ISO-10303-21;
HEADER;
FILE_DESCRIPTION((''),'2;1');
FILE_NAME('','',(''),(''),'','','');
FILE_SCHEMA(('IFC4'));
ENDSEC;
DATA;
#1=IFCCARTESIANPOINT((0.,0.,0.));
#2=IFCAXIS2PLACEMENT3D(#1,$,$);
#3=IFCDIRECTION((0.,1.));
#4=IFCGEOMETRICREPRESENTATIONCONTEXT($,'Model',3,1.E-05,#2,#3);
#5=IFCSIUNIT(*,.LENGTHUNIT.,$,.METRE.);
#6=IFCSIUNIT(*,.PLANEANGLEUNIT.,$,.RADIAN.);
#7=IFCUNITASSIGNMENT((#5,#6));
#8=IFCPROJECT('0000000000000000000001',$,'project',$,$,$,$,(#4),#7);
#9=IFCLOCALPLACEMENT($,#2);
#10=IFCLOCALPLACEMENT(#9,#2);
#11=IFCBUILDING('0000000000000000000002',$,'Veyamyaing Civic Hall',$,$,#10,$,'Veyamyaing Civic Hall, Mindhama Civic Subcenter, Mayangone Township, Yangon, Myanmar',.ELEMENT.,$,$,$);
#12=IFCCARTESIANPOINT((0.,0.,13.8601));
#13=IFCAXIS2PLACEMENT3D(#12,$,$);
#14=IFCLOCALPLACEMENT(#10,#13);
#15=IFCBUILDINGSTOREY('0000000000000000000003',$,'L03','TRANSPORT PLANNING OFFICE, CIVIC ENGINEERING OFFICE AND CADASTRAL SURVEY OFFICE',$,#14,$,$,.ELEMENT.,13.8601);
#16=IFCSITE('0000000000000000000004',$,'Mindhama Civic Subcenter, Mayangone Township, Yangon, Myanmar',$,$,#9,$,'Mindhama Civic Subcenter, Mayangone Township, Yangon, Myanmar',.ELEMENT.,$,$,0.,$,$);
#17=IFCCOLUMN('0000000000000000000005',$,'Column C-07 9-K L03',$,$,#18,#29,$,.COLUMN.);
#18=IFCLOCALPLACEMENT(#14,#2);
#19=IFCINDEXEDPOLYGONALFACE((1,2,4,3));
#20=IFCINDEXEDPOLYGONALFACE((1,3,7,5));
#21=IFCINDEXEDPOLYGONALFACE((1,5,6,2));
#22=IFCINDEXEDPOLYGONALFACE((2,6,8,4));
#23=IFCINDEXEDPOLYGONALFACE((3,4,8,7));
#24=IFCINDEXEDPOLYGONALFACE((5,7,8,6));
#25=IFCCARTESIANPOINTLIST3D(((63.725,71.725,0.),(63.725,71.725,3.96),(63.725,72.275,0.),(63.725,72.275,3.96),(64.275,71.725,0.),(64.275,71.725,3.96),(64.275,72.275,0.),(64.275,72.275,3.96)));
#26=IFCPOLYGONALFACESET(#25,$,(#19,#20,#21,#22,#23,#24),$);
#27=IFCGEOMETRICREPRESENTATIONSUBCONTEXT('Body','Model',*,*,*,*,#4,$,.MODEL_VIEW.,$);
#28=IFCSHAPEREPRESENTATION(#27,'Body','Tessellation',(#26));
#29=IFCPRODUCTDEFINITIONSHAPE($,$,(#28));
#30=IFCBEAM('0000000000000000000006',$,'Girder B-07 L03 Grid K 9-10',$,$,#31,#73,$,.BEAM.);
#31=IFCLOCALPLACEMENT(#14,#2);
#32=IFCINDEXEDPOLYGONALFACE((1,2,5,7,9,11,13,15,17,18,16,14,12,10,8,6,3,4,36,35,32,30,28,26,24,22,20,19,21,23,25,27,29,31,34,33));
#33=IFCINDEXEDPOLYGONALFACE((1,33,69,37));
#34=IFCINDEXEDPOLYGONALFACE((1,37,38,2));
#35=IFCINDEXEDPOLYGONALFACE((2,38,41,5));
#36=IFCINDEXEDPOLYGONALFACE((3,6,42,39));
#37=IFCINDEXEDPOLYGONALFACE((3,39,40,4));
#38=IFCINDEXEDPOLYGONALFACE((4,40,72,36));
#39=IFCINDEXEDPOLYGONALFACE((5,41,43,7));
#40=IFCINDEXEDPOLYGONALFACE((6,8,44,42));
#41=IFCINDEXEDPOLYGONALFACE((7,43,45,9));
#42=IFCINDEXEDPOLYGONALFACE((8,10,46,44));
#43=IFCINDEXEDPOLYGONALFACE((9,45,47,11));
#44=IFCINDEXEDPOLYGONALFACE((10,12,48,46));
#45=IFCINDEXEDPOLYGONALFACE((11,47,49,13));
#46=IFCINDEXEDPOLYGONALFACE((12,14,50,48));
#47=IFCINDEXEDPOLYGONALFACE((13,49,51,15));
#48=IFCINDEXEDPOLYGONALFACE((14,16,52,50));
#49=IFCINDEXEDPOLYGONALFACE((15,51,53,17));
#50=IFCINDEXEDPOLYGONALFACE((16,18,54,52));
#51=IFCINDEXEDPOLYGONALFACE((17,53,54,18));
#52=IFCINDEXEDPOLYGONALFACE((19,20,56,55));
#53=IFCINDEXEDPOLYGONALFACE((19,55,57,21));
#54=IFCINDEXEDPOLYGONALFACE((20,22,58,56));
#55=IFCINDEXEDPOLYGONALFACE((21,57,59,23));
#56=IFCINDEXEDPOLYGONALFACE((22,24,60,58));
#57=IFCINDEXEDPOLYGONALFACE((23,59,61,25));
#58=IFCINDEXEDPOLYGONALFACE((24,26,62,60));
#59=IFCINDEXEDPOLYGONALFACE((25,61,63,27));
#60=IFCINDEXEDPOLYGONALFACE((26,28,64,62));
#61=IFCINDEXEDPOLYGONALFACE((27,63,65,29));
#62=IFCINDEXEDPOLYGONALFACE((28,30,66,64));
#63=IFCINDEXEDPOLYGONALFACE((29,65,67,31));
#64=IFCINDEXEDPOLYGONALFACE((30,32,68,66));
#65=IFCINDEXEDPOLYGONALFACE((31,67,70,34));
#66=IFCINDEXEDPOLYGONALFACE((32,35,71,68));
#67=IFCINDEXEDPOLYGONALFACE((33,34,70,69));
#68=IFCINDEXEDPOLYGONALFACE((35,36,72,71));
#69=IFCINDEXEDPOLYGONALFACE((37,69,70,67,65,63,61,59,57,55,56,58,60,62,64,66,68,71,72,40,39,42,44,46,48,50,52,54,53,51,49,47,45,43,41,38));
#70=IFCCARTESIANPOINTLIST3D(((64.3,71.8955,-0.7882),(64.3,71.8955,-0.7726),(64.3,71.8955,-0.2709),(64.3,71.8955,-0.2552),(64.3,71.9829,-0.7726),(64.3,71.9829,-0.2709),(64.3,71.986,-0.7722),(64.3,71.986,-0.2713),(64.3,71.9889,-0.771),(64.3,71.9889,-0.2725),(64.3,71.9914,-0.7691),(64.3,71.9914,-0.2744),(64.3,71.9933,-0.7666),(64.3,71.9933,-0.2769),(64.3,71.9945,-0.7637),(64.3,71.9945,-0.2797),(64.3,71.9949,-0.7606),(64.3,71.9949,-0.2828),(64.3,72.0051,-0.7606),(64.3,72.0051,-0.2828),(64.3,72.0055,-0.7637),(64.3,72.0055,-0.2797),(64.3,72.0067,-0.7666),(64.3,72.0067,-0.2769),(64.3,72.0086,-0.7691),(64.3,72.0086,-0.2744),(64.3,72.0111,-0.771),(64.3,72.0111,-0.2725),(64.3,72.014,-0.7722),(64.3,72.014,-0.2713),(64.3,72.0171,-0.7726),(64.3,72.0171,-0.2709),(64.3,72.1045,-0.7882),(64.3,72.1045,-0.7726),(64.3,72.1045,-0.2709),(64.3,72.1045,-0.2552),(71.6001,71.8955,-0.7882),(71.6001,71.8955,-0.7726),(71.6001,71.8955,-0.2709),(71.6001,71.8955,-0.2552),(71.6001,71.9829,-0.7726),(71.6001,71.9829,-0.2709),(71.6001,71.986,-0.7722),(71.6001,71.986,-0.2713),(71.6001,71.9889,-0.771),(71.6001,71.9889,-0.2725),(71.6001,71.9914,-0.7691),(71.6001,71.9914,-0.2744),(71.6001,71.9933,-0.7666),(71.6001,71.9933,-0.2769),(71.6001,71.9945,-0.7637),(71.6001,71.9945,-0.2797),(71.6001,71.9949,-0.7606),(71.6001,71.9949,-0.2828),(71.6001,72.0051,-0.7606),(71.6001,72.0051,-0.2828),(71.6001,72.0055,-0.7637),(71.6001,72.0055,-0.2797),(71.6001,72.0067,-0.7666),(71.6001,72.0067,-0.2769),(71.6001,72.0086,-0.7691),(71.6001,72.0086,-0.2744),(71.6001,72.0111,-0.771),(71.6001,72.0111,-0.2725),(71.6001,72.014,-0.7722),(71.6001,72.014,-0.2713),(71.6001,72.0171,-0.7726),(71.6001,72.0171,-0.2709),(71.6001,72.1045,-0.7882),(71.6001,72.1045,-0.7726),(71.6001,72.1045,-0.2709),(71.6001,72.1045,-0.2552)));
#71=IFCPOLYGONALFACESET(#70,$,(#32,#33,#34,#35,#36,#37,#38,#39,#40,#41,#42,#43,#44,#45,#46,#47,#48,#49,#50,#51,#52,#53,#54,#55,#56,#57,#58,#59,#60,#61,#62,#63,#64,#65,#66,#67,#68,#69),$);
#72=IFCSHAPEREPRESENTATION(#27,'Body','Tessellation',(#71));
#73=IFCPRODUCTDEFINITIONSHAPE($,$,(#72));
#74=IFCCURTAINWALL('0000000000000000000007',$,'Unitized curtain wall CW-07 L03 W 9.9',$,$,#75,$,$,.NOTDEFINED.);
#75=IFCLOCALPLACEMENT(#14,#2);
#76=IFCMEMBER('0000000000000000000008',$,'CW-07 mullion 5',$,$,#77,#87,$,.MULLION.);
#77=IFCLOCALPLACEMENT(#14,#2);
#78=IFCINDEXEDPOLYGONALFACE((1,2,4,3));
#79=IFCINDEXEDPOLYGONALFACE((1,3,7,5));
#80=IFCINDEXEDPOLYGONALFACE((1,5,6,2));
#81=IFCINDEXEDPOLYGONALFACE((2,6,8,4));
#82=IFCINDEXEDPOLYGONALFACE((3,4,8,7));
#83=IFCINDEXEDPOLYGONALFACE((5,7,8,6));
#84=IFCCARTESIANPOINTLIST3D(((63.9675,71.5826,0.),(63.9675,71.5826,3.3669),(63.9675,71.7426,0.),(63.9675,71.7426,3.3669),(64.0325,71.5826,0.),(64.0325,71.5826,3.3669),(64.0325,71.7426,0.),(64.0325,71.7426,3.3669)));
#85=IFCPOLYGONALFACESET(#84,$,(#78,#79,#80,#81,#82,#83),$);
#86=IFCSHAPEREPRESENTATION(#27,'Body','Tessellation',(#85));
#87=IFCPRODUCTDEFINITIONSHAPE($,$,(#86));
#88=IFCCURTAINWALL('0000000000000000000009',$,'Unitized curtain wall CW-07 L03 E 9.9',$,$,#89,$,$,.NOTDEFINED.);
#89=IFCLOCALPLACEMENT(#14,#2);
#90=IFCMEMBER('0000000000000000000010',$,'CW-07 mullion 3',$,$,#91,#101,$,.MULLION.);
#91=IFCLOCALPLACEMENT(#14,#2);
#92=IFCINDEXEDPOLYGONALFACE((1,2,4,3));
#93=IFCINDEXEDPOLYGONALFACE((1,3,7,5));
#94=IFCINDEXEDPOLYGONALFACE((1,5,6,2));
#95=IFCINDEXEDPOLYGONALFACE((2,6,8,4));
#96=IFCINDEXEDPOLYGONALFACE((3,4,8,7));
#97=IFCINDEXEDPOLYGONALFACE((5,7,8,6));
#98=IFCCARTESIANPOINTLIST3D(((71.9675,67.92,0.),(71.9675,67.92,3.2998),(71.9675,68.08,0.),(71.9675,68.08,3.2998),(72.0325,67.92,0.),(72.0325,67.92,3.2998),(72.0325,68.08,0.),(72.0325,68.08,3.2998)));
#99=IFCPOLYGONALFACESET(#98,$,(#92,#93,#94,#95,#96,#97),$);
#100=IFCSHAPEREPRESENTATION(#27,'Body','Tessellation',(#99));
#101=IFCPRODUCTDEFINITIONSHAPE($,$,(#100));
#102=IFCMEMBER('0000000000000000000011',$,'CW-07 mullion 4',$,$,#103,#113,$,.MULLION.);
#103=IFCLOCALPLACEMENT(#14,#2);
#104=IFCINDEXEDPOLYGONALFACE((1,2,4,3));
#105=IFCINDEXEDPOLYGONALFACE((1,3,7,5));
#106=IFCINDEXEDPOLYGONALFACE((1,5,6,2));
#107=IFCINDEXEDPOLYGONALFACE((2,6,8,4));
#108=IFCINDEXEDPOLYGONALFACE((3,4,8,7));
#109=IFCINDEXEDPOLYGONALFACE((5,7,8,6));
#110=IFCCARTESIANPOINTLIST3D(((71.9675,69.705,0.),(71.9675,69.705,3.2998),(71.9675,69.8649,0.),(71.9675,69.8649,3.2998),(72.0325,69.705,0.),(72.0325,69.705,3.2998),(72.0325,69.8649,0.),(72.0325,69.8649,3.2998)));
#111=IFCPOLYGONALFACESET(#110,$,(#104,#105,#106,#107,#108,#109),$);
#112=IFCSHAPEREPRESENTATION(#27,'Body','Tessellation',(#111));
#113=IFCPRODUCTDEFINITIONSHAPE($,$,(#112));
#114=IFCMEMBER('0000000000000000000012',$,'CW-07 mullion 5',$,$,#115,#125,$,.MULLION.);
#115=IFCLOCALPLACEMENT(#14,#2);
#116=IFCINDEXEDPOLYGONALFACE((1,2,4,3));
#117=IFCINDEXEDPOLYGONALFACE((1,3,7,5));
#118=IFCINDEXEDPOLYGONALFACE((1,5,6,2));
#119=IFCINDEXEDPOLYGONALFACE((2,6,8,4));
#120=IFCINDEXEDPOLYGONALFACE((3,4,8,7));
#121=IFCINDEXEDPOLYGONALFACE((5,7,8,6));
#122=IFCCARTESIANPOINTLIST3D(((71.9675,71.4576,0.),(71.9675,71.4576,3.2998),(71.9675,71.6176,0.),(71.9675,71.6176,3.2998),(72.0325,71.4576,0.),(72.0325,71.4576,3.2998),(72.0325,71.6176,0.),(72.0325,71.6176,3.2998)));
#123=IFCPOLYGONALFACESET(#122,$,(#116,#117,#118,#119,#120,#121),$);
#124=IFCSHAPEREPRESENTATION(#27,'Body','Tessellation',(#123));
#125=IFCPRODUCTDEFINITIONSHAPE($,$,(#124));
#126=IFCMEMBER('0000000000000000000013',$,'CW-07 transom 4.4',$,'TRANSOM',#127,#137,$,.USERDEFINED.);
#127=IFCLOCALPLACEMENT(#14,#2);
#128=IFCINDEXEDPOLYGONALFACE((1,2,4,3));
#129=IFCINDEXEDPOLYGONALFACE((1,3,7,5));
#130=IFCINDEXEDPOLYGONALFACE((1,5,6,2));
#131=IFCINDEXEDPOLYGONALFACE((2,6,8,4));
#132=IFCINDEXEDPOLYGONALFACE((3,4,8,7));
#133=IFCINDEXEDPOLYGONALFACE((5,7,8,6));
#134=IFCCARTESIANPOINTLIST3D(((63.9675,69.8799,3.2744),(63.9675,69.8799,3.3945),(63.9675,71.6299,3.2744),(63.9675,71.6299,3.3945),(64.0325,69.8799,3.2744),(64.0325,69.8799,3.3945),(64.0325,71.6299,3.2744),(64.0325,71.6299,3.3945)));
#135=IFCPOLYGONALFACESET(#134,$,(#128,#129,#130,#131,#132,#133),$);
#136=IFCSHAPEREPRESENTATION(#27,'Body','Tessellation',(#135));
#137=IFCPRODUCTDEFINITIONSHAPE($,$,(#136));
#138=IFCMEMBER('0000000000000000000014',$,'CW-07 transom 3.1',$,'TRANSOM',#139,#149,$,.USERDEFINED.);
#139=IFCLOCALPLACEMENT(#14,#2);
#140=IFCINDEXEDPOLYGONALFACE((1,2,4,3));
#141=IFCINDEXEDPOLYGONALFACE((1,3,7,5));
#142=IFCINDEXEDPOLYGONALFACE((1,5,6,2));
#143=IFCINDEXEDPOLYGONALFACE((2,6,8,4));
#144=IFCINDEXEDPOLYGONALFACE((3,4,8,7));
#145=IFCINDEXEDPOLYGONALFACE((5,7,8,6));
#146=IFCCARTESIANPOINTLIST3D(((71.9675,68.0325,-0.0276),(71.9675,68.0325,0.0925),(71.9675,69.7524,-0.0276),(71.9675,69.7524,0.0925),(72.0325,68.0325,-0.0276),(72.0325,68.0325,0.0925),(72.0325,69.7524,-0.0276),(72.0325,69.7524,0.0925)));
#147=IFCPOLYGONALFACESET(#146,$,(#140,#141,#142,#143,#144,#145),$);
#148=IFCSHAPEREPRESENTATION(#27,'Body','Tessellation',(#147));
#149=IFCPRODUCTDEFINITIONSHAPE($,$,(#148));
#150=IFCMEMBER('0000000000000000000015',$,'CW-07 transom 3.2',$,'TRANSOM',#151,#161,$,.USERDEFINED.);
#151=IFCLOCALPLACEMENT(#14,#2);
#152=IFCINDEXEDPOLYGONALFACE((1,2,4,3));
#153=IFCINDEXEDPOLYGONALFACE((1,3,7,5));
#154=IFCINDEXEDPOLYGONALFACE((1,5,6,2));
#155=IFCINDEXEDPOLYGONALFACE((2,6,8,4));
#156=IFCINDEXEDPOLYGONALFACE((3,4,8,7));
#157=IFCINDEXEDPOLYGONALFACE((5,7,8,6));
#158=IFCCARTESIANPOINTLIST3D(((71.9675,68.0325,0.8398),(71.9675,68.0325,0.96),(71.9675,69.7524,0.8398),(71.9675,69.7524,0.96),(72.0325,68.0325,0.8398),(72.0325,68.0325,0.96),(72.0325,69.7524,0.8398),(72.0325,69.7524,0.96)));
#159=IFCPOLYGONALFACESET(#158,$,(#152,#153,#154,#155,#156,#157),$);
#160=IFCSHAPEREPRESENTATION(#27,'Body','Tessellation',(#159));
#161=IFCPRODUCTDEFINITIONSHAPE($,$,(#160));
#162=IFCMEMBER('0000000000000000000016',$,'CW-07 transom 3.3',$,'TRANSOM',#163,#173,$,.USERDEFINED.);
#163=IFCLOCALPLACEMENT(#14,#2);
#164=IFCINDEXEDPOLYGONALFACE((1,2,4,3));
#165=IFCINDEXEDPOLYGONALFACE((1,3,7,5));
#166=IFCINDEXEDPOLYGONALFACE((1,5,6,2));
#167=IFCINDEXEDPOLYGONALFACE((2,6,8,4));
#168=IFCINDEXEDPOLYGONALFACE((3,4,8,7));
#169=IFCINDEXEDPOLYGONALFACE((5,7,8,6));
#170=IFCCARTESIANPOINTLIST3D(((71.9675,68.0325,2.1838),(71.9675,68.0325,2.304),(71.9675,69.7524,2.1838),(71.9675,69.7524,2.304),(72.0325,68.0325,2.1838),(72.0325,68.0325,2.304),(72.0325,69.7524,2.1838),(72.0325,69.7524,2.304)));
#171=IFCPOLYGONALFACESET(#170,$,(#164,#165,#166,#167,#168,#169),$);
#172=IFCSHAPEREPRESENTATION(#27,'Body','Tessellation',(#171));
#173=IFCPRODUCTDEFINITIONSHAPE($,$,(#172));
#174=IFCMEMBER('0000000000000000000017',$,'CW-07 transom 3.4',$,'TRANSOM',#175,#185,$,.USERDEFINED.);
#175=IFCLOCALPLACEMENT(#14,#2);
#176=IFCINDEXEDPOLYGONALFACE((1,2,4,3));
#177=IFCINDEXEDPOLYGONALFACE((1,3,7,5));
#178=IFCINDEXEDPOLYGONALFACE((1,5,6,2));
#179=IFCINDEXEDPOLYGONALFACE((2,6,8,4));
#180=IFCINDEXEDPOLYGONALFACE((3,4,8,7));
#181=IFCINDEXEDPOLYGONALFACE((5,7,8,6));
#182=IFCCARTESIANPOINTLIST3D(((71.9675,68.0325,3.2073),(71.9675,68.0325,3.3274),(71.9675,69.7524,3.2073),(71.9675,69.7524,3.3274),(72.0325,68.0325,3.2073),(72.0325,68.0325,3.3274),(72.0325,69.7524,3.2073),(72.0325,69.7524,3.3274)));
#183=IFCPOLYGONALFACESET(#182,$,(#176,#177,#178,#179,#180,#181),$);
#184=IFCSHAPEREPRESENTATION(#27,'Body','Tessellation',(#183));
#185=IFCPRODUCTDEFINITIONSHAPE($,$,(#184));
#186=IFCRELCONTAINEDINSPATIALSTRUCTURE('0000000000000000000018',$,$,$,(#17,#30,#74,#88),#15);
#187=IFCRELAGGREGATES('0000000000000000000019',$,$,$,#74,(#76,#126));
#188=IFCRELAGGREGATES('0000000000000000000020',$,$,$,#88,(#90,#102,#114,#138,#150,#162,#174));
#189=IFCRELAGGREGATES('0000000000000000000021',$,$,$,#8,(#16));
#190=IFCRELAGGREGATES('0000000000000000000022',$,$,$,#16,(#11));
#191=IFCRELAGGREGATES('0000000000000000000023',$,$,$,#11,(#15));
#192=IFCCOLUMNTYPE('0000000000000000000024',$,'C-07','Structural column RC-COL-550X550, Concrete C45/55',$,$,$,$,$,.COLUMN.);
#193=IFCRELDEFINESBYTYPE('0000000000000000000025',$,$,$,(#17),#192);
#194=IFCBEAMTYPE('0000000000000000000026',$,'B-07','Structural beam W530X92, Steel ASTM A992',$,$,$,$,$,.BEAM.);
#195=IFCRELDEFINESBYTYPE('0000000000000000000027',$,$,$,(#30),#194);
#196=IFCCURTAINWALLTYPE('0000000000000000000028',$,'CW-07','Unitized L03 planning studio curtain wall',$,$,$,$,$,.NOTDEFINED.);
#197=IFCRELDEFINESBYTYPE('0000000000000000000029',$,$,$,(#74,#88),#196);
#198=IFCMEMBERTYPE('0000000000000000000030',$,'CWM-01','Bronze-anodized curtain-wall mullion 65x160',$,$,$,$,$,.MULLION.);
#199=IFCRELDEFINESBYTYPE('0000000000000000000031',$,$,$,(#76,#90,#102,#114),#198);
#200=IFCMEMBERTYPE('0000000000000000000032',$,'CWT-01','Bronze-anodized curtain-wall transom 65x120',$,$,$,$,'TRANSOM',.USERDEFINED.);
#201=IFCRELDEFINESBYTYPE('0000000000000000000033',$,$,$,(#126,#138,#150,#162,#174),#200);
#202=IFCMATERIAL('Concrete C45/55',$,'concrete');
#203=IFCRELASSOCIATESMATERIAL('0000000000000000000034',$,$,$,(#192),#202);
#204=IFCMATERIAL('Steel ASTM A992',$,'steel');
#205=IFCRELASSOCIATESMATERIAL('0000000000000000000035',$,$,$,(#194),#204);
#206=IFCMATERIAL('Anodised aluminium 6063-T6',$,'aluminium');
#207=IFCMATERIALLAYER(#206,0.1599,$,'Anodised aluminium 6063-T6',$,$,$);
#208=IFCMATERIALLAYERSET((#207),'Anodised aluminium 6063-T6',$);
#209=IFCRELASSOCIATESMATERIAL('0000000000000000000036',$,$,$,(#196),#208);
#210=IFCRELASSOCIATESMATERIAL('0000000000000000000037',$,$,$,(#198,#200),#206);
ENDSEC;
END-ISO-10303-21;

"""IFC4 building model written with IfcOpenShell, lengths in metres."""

from ifc_helpers import new_model, si_unit, direction, frame, origin, origin_2d, place, context, subcontext, project, spatial, rectangle, i_section, extrude, material, layer, layer_set, material_profile, profile_set, type_object, element, aggregate, save


model = new_model("IFC4")

# Units and contexts
model_context = context("Model", 3, precision=1e-05, world=origin(), true_north=direction((0.0, 1.0)))
body_context = subcontext(model_context, "Body", "Model", "MODEL_VIEW")
ifc_project = project(units=[si_unit("LENGTHUNIT", "METRE"), si_unit("PLANEANGLEUNIT", "RADIAN")], contexts=[model_context])

# Site, building, storey
site_placement = place(None, origin())
site = spatial("IfcSite", under=ifc_project, at=site_placement, Name="Mindhama Civic Subcenter, Mayangone Township, Yangon, Myanmar", LongName="Mindhama Civic Subcenter, Mayangone Township, Yangon, Myanmar", CompositionType="ELEMENT", RefElevation=0.0)
building_placement = place(site_placement, origin())
building = spatial("IfcBuilding", under=site, at=building_placement, Name="Veyamyaing Civic Hall", LongName="Veyamyaing Civic Hall, Mindhama Civic Subcenter, Mayangone Township, Yangon, Myanmar", CompositionType="ELEMENT")
storey_placement = place(building_placement, frame((0.0, 0.0, 13.8601)))
storey = spatial("IfcBuildingStorey", under=building, at=storey_placement, Name="L03", Description="TRANSPORT PLANNING OFFICE, CIVIC ENGINEERING OFFICE AND CADASTRAL SURVEY OFFICE", CompositionType="ELEMENT", Elevation=13.8601)

# Column
ifc_material_1 = material(Name="Concrete C45/55", Category="concrete")
ifc_material_profile_1 = material_profile(ifc_material_1, rectangle(XDim=0.55, YDim=0.55, at=origin_2d()), Name="RC-COL-550X550")
ifc_profile_set_1 = profile_set([ifc_material_profile_1], Name="Concrete C45/55")
column_type = type_object("IfcColumnType", Name="C-07", Description="Structural column RC-COL-550X550, Concrete C45/55", PredefinedType="COLUMN", material=ifc_profile_set_1)
column_placement = place(storey_placement, frame((64.0, 72.0, 0.0), z_axis=(0.0, 0.0, 1.0), x_axis=(1.0, 0.0, 0.0)))
element("IfcColumn", 1, at=column_placement, inside=storey, type_object=column_type, Name="Column C-07 9-K L03", PredefinedType="COLUMN", context=body_context, shape_type="SweptSolid", body=[
    extrude(rectangle(XDim=0.55, YDim=0.55, at=origin_2d()), origin(), (0.0, 0.0, 1.0), 3.96),
])

# Beam
ifc_material_2 = material(Name="Steel ASTM A992", Category="steel")
ifc_material_profile_2 = material_profile(ifc_material_2, i_section(OverallWidth=0.209, OverallDepth=0.533, WebThickness=0.0103, FlangeThickness=0.0156, FilletRadius=0.012, at=origin_2d()), Name="W530X92")
ifc_profile_set_2 = profile_set([ifc_material_profile_2], Name="Steel ASTM A992")
beam_type_1 = type_object("IfcBeamType", Name="B-07", Description="Structural beam W530X92, Steel ASTM A992", PredefinedType="BEAM", material=ifc_profile_set_2)
beam_1_placement = place(storey_placement, frame((64.3, 72.0, -0.5217), z_axis=(1.0, 0.0, 0.0), x_axis=(0.0, 1.0, 0.0)))
element("IfcBeam", 2, at=beam_1_placement, inside=storey, type_object=beam_type_1, Name="Girder B-07 L03 Grid K 9-10", PredefinedType="BEAM", context=body_context, shape_type="SweptSolid", body=[
    extrude(i_section(OverallWidth=0.209, OverallDepth=0.533, WebThickness=0.0103, FlangeThickness=0.0156, FilletRadius=0.012, at=origin_2d()), origin(), (0.0, 0.0, 1.0), 7.3),
])

# Curtain wall, member
ifc_material_3 = material(Name="Anodised aluminium 6063-T6", Category="aluminium")
ifc_layer_1 = layer(ifc_material_3, 0.1599, Name="Anodised aluminium 6063-T6")
ifc_layer_set_1 = layer_set([ifc_layer_1], Name="Anodised aluminium 6063-T6")
curtain_wall_type = type_object("IfcCurtainWallType", Name="CW-07", Description="Unitized L03 planning studio curtain wall", PredefinedType="NOTDEFINED", material=ifc_layer_set_1)
curtain_wall_1_placement = place(storey_placement, origin())
curtain_wall_1 = element("IfcCurtainWall", 3, at=curtain_wall_1_placement, inside=storey, type_object=curtain_wall_type, Name="Unitized curtain wall CW-07 L03 W 9.9", PredefinedType="NOTDEFINED")
ifc_material_profile_3 = material_profile(ifc_material_3, rectangle(XDim=0.0649, YDim=0.1599, at=origin_2d()), Name="ALU-MUL-65X160")
ifc_profile_set_3 = profile_set([ifc_material_profile_3], Name="Anodised aluminium 6063-T6")
member_type_1 = type_object("IfcMemberType", Name="CWM-01", Description="Bronze-anodized curtain-wall mullion 65x160", PredefinedType="MULLION", material=ifc_profile_set_3)
member_1_placement = place(storey_placement, frame((64.0, 71.6626, 0.0), z_axis=(0.0, 0.0, 1.0), x_axis=(-1.0, 0.0, 0.0)))
member_1 = element("IfcMember", 4, at=member_1_placement, type_object=member_type_1, Name="CW-07 mullion 5", PredefinedType="MULLION", context=body_context, shape_type="SweptSolid", body=[
    extrude(rectangle(XDim=0.0649, YDim=0.1599, at=origin_2d()), origin(), (0.0, 0.0, 1.0), 3.3669),
])

# Curtain wall, members
curtain_wall_2_placement = place(storey_placement, origin())
curtain_wall_2 = element("IfcCurtainWall", 5, at=curtain_wall_2_placement, inside=storey, type_object=curtain_wall_type, Name="Unitized curtain wall CW-07 L03 E 9.9", PredefinedType="NOTDEFINED")
member_2_placement = place(storey_placement, frame((72.0, 68.0, 0.0), z_axis=(0.0, 0.0, 1.0), x_axis=(-1.0, 0.0, 0.0)))
member_2 = element("IfcMember", 6, at=member_2_placement, type_object=member_type_1, Name="CW-07 mullion 3", PredefinedType="MULLION", context=body_context, shape_type="SweptSolid", body=[
    extrude(rectangle(XDim=0.0649, YDim=0.1599, at=origin_2d()), origin(), (0.0, 0.0, 1.0), 3.2998),
])
member_3_placement = place(storey_placement, frame((72.0, 69.7849, 0.0), z_axis=(0.0, 0.0, 1.0), x_axis=(-1.0, 0.0, 0.0)))
member_3 = element("IfcMember", 7, at=member_3_placement, type_object=member_type_1, Name="CW-07 mullion 4", PredefinedType="MULLION", context=body_context, shape_type="SweptSolid", body=[
    extrude(rectangle(XDim=0.0649, YDim=0.1599, at=origin_2d()), origin(), (0.0, 0.0, 1.0), 3.2998),
])
member_4_placement = place(storey_placement, frame((72.0, 71.5376, 0.0), z_axis=(0.0, 0.0, 1.0), x_axis=(-1.0, 0.0, 0.0)))
member_4 = element("IfcMember", 8, at=member_4_placement, type_object=member_type_1, Name="CW-07 mullion 5", PredefinedType="MULLION", context=body_context, shape_type="SweptSolid", body=[
    extrude(rectangle(XDim=0.0649, YDim=0.1599, at=origin_2d()), origin(), (0.0, 0.0, 1.0), 3.2998),
])

# Members
ifc_material_profile_4 = material_profile(ifc_material_3, rectangle(XDim=0.0649, YDim=0.1201, at=origin_2d()), Name="ALU-TRN-65X120")
ifc_profile_set_4 = profile_set([ifc_material_profile_4], Name="Anodised aluminium 6063-T6")
member_type_2 = type_object("IfcMemberType", Name="CWT-01", Description="Bronze-anodized curtain-wall transom 65x120", ElementType="TRANSOM", PredefinedType="USERDEFINED", material=ifc_profile_set_4)
member_5_placement = place(storey_placement, frame((64.0, 69.8799, 3.3345), z_axis=(0.0, 1.0, 0.0), x_axis=(-1.0, 0.0, 0.0)))
member_5 = element("IfcMember", 9, at=member_5_placement, type_object=member_type_2, Name="CW-07 transom 4.4", ObjectType="TRANSOM", PredefinedType="USERDEFINED", context=body_context, shape_type="SweptSolid", body=[
    extrude(rectangle(XDim=0.0649, YDim=0.1201, at=origin_2d()), origin(), (0.0, 0.0, 1.0), 1.75),
])
member_6_placement = place(storey_placement, frame((72.0, 68.0325, 0.0325), z_axis=(0.0, 1.0, 0.0), x_axis=(-1.0, 0.0, 0.0)))
member_6 = element("IfcMember", 10, at=member_6_placement, type_object=member_type_2, Name="CW-07 transom 3.1", ObjectType="TRANSOM", PredefinedType="USERDEFINED", context=body_context, shape_type="SweptSolid", body=[
    extrude(rectangle(XDim=0.0649, YDim=0.1201, at=origin_2d()), origin(), (0.0, 0.0, 1.0), 1.72),
])
member_7_placement = place(storey_placement, frame((72.0, 68.0325, 0.8999), z_axis=(0.0, 1.0, 0.0), x_axis=(-1.0, 0.0, 0.0)))
member_7 = element("IfcMember", 11, at=member_7_placement, type_object=member_type_2, Name="CW-07 transom 3.2", ObjectType="TRANSOM", PredefinedType="USERDEFINED", context=body_context, shape_type="SweptSolid", body=[
    extrude(rectangle(XDim=0.0649, YDim=0.1201, at=origin_2d()), origin(), (0.0, 0.0, 1.0), 1.72),
])
member_8_placement = place(storey_placement, frame((72.0, 68.0325, 2.2439), z_axis=(0.0, 1.0, 0.0), x_axis=(-1.0, 0.0, 0.0)))
member_8 = element("IfcMember", 12, at=member_8_placement, type_object=member_type_2, Name="CW-07 transom 3.3", ObjectType="TRANSOM", PredefinedType="USERDEFINED", context=body_context, shape_type="SweptSolid", body=[
    extrude(rectangle(XDim=0.0649, YDim=0.1201, at=origin_2d()), origin(), (0.0, 0.0, 1.0), 1.72),
])
member_9_placement = place(storey_placement, frame((72.0, 68.0325, 3.2673), z_axis=(0.0, 1.0, 0.0), x_axis=(-1.0, 0.0, 0.0)))
member_9 = element("IfcMember", 13, at=member_9_placement, type_object=member_type_2, Name="CW-07 transom 3.4", ObjectType="TRANSOM", PredefinedType="USERDEFINED", context=body_context, shape_type="SweptSolid", body=[
    extrude(rectangle(XDim=0.0649, YDim=0.1201, at=origin_2d()), origin(), (0.0, 0.0, 1.0), 1.72),
])

aggregate(curtain_wall_1, [member_1, member_5])
aggregate(curtain_wall_2, [member_2, member_3, member_4, member_6, member_7, member_8, member_9])

save(model, "model.ifc")
